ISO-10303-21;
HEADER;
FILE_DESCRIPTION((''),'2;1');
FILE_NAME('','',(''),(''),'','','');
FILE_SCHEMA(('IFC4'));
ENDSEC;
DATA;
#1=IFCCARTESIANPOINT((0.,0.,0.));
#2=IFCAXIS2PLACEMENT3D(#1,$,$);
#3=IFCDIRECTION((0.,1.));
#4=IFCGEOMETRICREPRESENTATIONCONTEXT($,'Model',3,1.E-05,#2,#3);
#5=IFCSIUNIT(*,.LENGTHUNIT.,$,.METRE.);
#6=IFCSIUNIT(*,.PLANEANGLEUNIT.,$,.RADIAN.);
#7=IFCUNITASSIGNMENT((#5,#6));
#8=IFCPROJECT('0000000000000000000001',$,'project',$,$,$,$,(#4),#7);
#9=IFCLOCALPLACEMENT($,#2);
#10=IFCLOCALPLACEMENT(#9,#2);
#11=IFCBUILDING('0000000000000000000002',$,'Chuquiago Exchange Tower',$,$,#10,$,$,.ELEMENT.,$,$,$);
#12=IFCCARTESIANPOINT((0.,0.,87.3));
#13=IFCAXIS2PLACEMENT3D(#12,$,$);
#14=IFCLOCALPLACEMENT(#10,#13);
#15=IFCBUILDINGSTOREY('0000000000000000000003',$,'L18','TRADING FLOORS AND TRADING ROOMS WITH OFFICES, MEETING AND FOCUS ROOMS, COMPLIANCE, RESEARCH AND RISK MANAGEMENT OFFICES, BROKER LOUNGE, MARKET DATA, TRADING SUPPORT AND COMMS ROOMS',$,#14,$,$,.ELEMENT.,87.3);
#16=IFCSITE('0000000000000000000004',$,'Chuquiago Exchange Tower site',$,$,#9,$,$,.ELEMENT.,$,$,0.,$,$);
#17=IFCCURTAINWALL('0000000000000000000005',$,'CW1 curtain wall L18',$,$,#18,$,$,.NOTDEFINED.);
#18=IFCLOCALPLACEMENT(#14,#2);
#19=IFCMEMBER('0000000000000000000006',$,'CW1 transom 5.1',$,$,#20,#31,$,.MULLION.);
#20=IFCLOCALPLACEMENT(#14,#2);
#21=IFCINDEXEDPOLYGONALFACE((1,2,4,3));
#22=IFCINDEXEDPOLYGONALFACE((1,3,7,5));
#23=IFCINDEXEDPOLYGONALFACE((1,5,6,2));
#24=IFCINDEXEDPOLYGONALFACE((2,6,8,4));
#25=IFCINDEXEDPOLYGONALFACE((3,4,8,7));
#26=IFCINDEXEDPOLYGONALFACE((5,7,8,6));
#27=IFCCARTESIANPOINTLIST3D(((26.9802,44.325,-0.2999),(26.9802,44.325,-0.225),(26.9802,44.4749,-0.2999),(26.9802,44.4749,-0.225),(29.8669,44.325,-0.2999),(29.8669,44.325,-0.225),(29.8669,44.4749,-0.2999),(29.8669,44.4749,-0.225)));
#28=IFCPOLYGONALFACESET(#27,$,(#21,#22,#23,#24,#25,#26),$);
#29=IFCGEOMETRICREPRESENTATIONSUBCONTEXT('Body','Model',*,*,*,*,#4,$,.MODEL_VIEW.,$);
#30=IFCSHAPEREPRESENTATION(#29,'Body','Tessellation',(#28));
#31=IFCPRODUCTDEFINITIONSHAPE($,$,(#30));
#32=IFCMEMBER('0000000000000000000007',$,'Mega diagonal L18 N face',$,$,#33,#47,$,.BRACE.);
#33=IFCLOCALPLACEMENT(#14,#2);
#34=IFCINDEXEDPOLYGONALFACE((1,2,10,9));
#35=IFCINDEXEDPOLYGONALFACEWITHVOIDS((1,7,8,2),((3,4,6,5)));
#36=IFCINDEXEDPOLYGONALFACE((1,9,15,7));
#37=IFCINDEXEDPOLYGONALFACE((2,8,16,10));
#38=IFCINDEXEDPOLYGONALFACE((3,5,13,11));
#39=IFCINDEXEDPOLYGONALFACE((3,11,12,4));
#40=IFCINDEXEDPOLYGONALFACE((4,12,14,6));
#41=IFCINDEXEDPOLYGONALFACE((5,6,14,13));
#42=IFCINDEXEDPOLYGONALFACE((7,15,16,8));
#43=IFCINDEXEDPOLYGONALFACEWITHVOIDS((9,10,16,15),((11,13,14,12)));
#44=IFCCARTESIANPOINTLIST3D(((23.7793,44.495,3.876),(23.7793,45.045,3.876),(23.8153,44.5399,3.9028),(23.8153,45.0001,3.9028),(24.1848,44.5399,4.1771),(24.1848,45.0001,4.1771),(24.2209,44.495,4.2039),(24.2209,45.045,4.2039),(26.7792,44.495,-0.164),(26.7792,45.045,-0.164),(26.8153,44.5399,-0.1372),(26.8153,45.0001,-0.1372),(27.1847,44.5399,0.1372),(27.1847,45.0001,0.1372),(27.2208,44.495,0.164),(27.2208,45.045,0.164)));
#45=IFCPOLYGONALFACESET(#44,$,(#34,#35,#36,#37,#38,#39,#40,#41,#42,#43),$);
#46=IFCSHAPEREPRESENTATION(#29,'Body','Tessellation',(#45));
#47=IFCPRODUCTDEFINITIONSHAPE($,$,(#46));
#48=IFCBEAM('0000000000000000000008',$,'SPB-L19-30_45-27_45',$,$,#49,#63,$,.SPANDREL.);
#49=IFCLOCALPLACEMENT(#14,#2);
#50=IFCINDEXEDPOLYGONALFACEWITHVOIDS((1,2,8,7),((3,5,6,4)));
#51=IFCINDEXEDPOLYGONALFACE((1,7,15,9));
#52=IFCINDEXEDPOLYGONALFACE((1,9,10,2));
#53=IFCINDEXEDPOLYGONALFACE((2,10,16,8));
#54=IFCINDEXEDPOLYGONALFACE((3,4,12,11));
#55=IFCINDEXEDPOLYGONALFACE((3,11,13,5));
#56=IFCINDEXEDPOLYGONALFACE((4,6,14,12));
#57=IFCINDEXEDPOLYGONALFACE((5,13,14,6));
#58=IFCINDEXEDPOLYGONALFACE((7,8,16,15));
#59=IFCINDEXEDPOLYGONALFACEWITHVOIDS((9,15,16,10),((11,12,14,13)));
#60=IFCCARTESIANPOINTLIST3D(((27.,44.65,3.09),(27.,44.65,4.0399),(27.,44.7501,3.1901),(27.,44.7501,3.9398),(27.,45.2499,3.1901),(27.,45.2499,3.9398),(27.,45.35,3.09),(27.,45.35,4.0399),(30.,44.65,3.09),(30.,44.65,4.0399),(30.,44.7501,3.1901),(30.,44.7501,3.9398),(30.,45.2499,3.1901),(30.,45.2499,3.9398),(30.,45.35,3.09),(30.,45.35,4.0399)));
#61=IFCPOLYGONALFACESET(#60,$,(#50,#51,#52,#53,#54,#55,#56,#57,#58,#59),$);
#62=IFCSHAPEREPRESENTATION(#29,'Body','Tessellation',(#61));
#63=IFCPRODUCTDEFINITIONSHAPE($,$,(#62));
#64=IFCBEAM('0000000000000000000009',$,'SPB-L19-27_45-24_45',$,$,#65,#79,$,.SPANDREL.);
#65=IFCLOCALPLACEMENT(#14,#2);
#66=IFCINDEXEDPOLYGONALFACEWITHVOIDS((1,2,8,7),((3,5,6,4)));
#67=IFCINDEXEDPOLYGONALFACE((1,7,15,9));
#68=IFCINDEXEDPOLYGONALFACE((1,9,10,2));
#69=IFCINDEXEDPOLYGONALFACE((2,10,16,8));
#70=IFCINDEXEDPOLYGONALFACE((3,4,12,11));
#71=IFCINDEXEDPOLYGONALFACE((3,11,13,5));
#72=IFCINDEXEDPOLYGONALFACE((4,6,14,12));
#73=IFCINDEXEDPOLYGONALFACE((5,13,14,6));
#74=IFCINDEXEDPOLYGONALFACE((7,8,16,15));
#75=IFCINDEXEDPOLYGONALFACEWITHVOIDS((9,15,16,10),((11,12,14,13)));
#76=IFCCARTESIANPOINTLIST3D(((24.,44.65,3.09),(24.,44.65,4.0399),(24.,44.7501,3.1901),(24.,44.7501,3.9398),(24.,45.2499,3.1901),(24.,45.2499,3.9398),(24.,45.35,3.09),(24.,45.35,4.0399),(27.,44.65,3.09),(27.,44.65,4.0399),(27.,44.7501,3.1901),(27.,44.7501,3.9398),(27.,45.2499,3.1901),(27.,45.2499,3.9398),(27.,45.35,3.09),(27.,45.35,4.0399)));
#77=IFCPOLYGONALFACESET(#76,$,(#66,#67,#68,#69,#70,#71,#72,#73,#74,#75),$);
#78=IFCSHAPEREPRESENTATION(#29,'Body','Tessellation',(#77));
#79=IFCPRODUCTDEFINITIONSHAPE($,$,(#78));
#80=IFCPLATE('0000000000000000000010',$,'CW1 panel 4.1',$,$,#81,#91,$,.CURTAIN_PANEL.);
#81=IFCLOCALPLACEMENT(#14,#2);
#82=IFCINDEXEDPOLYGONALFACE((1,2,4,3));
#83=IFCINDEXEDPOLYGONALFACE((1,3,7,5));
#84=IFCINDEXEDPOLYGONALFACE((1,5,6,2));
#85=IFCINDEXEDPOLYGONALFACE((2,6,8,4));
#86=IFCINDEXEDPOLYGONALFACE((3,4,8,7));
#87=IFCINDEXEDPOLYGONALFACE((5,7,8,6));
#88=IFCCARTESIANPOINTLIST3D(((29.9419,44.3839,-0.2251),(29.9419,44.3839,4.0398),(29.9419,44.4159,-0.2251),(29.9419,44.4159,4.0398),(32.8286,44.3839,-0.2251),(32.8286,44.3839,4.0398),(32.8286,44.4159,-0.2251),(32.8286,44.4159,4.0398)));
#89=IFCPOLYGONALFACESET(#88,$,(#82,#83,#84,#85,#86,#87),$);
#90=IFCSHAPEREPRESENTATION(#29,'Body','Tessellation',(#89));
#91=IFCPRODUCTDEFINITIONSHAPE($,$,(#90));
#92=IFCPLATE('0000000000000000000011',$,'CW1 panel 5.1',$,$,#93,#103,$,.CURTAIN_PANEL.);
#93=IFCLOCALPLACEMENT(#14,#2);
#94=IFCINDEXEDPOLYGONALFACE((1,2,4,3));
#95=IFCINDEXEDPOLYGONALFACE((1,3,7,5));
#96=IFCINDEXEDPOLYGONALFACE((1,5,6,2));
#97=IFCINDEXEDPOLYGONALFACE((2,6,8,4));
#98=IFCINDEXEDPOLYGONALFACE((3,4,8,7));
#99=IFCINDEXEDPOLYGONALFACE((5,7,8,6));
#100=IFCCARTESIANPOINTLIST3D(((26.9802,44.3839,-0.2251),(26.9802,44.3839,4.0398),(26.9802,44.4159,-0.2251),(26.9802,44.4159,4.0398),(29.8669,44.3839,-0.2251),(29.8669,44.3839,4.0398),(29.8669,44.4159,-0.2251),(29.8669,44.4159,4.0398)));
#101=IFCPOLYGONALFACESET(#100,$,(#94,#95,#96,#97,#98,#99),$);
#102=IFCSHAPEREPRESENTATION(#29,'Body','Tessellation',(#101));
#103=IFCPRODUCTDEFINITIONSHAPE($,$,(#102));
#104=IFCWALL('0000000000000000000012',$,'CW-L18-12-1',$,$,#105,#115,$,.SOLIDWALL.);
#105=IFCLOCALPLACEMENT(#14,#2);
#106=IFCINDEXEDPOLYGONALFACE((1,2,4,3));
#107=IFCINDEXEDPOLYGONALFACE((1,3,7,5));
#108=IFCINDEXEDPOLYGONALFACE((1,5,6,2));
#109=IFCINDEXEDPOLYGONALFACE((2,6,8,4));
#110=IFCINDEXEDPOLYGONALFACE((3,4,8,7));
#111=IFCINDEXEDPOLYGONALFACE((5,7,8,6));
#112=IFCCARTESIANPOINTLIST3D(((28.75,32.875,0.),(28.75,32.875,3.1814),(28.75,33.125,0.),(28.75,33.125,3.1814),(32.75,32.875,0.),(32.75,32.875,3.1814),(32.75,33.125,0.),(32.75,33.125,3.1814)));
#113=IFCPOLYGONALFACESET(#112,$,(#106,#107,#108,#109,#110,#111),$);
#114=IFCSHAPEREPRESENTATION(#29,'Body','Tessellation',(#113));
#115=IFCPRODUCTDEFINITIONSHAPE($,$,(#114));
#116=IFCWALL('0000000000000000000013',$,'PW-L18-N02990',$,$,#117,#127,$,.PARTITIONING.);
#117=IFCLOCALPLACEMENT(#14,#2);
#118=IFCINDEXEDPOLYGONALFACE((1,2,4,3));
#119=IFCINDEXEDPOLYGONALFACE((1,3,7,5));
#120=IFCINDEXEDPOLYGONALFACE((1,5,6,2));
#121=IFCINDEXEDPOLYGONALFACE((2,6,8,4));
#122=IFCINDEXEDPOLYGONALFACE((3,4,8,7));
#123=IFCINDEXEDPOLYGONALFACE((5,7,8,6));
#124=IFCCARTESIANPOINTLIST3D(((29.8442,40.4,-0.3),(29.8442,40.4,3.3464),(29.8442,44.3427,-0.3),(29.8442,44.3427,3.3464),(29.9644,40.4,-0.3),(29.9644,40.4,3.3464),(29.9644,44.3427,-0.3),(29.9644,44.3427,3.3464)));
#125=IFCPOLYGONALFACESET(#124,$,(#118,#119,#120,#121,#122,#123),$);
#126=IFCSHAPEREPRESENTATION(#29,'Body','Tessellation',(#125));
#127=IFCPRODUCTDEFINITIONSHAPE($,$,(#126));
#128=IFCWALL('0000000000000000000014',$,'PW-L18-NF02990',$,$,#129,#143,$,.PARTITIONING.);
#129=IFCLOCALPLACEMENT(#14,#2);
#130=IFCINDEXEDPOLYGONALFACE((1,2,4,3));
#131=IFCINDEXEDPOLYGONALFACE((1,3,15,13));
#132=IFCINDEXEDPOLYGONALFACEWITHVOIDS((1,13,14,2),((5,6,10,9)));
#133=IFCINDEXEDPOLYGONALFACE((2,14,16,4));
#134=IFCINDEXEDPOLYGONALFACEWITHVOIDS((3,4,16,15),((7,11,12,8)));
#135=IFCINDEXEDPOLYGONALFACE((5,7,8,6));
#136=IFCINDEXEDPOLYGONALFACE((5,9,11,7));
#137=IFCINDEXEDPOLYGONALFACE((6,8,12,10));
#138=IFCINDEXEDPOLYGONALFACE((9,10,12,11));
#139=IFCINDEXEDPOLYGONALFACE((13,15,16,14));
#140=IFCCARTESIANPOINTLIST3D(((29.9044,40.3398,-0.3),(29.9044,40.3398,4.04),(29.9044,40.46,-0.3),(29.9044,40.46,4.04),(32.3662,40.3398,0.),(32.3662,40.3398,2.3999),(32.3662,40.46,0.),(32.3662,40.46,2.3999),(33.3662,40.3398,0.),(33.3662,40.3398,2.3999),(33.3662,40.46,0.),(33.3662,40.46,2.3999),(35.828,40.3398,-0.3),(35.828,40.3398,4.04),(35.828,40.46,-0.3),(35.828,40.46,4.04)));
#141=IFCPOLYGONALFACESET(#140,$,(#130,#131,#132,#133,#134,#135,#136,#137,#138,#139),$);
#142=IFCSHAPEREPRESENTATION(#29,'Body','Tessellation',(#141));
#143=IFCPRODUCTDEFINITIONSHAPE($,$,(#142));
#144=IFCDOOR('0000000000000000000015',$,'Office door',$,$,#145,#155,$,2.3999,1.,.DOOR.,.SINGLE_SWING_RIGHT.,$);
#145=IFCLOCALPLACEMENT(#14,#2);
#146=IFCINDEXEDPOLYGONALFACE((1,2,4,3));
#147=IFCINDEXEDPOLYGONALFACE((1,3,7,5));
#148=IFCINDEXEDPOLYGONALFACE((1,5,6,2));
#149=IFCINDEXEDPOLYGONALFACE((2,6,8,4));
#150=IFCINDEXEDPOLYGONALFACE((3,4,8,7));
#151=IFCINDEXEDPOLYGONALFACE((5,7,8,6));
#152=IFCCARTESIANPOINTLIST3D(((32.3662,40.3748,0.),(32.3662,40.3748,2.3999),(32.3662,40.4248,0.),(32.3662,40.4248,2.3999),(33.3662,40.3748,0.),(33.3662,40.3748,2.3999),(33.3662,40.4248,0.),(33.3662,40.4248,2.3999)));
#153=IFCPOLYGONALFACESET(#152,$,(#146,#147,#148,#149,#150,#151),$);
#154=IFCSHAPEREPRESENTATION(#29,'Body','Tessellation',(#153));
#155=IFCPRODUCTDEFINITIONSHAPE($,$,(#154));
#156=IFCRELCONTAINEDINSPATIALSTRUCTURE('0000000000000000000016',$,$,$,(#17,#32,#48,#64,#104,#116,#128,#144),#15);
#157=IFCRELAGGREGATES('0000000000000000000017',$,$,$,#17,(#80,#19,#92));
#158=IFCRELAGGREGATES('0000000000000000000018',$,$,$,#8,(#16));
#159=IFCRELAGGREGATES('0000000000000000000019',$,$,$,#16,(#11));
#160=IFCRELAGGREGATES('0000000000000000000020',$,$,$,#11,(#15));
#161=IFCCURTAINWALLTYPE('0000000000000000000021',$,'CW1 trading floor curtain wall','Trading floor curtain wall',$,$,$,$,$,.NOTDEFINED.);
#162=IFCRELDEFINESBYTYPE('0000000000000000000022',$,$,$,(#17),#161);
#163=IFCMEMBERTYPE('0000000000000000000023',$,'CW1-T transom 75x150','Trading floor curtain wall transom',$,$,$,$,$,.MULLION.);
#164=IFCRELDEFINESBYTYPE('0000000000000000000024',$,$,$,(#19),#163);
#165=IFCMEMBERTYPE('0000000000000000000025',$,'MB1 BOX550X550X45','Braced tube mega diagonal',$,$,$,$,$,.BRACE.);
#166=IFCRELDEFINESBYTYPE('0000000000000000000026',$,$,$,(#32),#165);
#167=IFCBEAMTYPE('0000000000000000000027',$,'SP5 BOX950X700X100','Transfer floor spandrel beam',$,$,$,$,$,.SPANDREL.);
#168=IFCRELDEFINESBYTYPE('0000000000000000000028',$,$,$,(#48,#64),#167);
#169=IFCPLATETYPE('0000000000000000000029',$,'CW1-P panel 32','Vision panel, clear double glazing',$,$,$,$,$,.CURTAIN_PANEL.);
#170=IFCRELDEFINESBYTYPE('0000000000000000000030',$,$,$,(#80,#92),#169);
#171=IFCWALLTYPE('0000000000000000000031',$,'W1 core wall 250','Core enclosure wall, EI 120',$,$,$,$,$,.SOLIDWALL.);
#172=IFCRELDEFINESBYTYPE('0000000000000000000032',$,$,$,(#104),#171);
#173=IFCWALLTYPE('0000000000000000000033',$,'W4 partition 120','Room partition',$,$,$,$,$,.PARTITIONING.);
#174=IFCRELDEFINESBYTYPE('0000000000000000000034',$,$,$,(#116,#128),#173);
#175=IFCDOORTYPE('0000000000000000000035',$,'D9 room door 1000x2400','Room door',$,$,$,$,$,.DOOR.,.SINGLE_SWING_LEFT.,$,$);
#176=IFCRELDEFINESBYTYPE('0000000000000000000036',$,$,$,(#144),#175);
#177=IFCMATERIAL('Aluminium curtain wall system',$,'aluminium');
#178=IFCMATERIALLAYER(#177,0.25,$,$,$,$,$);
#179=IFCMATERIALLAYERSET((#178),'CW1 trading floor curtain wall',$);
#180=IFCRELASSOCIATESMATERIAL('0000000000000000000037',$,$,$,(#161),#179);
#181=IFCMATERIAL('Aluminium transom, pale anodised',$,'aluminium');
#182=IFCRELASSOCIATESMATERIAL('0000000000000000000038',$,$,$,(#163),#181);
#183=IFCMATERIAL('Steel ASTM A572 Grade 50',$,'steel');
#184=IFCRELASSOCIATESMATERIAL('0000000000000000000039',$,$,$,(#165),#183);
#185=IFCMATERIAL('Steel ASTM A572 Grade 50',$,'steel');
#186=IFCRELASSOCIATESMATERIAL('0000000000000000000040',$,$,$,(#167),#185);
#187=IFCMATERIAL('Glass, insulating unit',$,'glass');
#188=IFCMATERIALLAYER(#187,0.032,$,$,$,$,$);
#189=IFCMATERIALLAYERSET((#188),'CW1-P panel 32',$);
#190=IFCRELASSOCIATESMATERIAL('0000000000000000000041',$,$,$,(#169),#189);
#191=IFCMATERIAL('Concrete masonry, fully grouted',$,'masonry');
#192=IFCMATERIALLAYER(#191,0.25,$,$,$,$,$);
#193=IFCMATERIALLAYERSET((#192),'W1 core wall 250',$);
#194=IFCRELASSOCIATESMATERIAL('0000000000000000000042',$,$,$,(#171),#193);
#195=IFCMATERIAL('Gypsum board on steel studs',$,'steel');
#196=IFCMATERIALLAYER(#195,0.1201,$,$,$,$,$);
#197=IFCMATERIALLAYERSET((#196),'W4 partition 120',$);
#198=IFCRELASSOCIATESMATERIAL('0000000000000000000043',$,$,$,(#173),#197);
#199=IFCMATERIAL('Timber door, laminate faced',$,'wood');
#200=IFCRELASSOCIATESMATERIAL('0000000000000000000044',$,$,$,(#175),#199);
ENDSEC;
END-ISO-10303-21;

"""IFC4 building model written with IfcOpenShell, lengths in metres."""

from ifc_helpers import new_model, si_unit, direction, frame, frame_2d, origin, origin_2d, place, context, subcontext, project, spatial, rectangle, hollow_rectangle, extrude, material, layer, layer_set, material_profile, profile_set, type_object, element, fill, aggregate, save


model = new_model("IFC4")

# Units and contexts
model_context = context("Model", 3, precision=1e-05, world=origin(), true_north=direction((0.0, 1.0)))
body_context = subcontext(model_context, "Body", "Model", "MODEL_VIEW")
ifc_project = project(units=[si_unit("LENGTHUNIT", "METRE"), si_unit("PLANEANGLEUNIT", "RADIAN")], contexts=[model_context])

# Site, building, storey
site_placement = place(None, origin())
site = spatial("IfcSite", under=ifc_project, at=site_placement, Name="Chuquiago Exchange Tower site", CompositionType="ELEMENT", RefElevation=0.0)
building_placement = place(site_placement, origin())
building = spatial("IfcBuilding", under=site, at=building_placement, Name="Chuquiago Exchange Tower", CompositionType="ELEMENT")
storey_placement = place(building_placement, frame((0.0, 0.0, 87.3)))
storey = spatial("IfcBuildingStorey", under=building, at=storey_placement, Name="L18", Description="TRADING FLOORS AND TRADING ROOMS WITH OFFICES, MEETING AND FOCUS ROOMS, COMPLIANCE, RESEARCH AND RISK MANAGEMENT OFFICES, BROKER LOUNGE, MARKET DATA, TRADING SUPPORT AND COMMS ROOMS", CompositionType="ELEMENT", Elevation=87.3)

# Curtain wall, member
ifc_material_1 = material(Name="Aluminium curtain wall system", Category="aluminium")
ifc_layer_1 = layer(ifc_material_1, 0.25)
ifc_layer_set_1 = layer_set([ifc_layer_1], Name="CW1 trading floor curtain wall")
curtain_wall_type = type_object("IfcCurtainWallType", Name="CW1 trading floor curtain wall", Description="Trading floor curtain wall", PredefinedType="NOTDEFINED", material=ifc_layer_set_1)
curtain_wall_placement = place(storey_placement, origin())
curtain_wall = element("IfcCurtainWall", 1, at=curtain_wall_placement, inside=storey, type_object=curtain_wall_type, Name="CW1 curtain wall L18", PredefinedType="NOTDEFINED")
ifc_material_2 = material(Name="Aluminium transom, pale anodised", Category="aluminium")
ifc_material_profile_1 = material_profile(ifc_material_2, rectangle(XDim=0.1499, YDim=0.075, at=origin_2d()), Name="AL 150x75")
ifc_profile_set_1 = profile_set([ifc_material_profile_1], Name="Aluminium transom, pale anodised")
member_type_1 = type_object("IfcMemberType", Name="CW1-T transom 75x150", Description="Trading floor curtain wall transom", PredefinedType="MULLION", material=ifc_profile_set_1)
member_1_placement = place(storey_placement, frame((29.8669, 44.3999, -0.2625), z_axis=(-1.0, 0.0, 0.0), x_axis=(0.0, -1.0, 0.0)))
member_1 = element("IfcMember", 2, at=member_1_placement, type_object=member_type_1, Name="CW1 transom 5.1", PredefinedType="MULLION", context=body_context, shape_type="SweptSolid", body=[
    extrude(rectangle(XDim=0.1499, YDim=0.075, at=origin_2d()), origin(), (0.0, 0.0, 1.0), 2.8867),
])

# Member
ifc_material_3 = material(Name="Steel ASTM A572 Grade 50", Category="steel")
ifc_material_profile_2 = material_profile(ifc_material_3, hollow_rectangle(XDim=0.55, YDim=0.55, WallThickness=0.0449, at=origin_2d()), Name="BOX550X550X45")
ifc_profile_set_2 = profile_set([ifc_material_profile_2], Name="Steel ASTM A572 Grade 50")
member_type_2 = type_object("IfcMemberType", Name="MB1 BOX550X550X45", Description="Braced tube mega diagonal", PredefinedType="BRACE", material=ifc_profile_set_2)
member_2_placement = place(storey_placement, frame((27.0, 44.77, 0.0), z_axis=(-0.596174, 0.0, 0.802855), x_axis=(0.0, -1.0, 0.0)))
element("IfcMember", 3, at=member_2_placement, inside=storey, type_object=member_type_2, Name="Mega diagonal L18 N face", PredefinedType="BRACE", context=body_context, shape_type="SweptSolid", body=[
    extrude(hollow_rectangle(XDim=0.55, YDim=0.55, WallThickness=0.0449, at=origin_2d()), origin(), (0.0, 0.0, 1.0), 5.032),
])

# Beams
ifc_material_4 = material(Name="Steel ASTM A572 Grade 50", Category="steel")
ifc_material_profile_3 = material_profile(ifc_material_4, hollow_rectangle(XDim=0.7, YDim=0.95, WallThickness=0.1001, at=origin_2d()), Name="BOX950X700X100")
ifc_profile_set_3 = profile_set([ifc_material_profile_3], Name="Steel ASTM A572 Grade 50")
beam_type_1 = type_object("IfcBeamType", Name="SP5 BOX950X700X100", Description="Transfer floor spandrel beam", PredefinedType="SPANDREL", material=ifc_profile_set_3)
for number, where, z_axis, x_axis, name in (
    (4, (30.0, 45.0, 3.5649), (-1.0, 0.0, 0.0), (0.0, -1.0, 0.0), "SPB-L19-30_45-27_45"),
    (5, (27.0, 45.0, 3.5649), (-1.0, 0.0, 0.0), (0.0, -1.0, 0.0), "SPB-L19-27_45-24_45"),
):
    element("IfcBeam", number, at=place(storey_placement, frame(where, z_axis=z_axis, x_axis=x_axis)), inside=storey, type_object=beam_type_1, Name=name, PredefinedType="SPANDREL", context=body_context, shape_type="SweptSolid", body=[
        extrude(hollow_rectangle(XDim=0.7, YDim=0.95, WallThickness=0.1001, at=origin_2d()), origin(), (0.0, 0.0, 1.0), 3.0),
    ])

# Plates
ifc_material_5 = material(Name="Glass, insulating unit", Category="glass")
ifc_layer_2 = layer(ifc_material_5, 0.032)
ifc_layer_set_2 = layer_set([ifc_layer_2], Name="CW1-P panel 32")
plate_type = type_object("IfcPlateType", Name="CW1-P panel 32", Description="Vision panel, clear double glazing", PredefinedType="CURTAIN_PANEL", material=ifc_layer_set_2)
plate_1_placement = place(storey_placement, frame((31.3853, 44.3999, -0.2251), z_axis=(0.0, 0.0, 1.0), x_axis=(-1.0, 0.0, 0.0)))
plate_1 = element("IfcPlate", 6, at=plate_1_placement, type_object=plate_type, Name="CW1 panel 4.1", PredefinedType="CURTAIN_PANEL", context=body_context, shape_type="SweptSolid", body=[
    extrude(rectangle(XDim=2.8867, YDim=0.032, at=origin_2d()), origin(), (0.0, 0.0, 1.0), 4.2649),
])
plate_2_placement = place(storey_placement, frame((28.4236, 44.3999, -0.2251), z_axis=(0.0, 0.0, 1.0), x_axis=(-1.0, 0.0, 0.0)))
plate_2 = element("IfcPlate", 7, at=plate_2_placement, type_object=plate_type, Name="CW1 panel 5.1", PredefinedType="CURTAIN_PANEL", context=body_context, shape_type="SweptSolid", body=[
    extrude(rectangle(XDim=2.8867, YDim=0.032, at=origin_2d()), origin(), (0.0, 0.0, 1.0), 4.2649),
])
aggregate(curtain_wall, [plate_1, member_1, plate_2])

# Walls
ifc_material_6 = material(Name="Concrete masonry, fully grouted", Category="masonry")
ifc_layer_3 = layer(ifc_material_6, 0.25)
ifc_layer_set_3 = layer_set([ifc_layer_3], Name="W1 core wall 250")
wall_type_1 = type_object("IfcWallType", Name="W1 core wall 250", Description="Core enclosure wall, EI 120", PredefinedType="SOLIDWALL", material=ifc_layer_set_3)
wall_1_placement = place(storey_placement, frame((28.75, 33.0, 0.0), z_axis=(0.0, 0.0, 1.0), x_axis=(1.0, 0.0, 0.0)))
element("IfcWall", 8, at=wall_1_placement, inside=storey, type_object=wall_type_1, Name="CW-L18-12-1", PredefinedType="SOLIDWALL", context=body_context, shape_type="SweptSolid", body=[
    extrude(rectangle(XDim=4.0, YDim=0.25, at=frame_2d((2.0, 0.0))), origin(), (0.0, 0.0, 1.0), 3.1814),
])
ifc_material_7 = material(Name="Gypsum board on steel studs", Category="steel")
ifc_layer_4 = layer(ifc_material_7, 0.1201)
ifc_layer_set_4 = layer_set([ifc_layer_4], Name="W4 partition 120")
wall_type_2 = type_object("IfcWallType", Name="W4 partition 120", Description="Room partition", PredefinedType="PARTITIONING", material=ifc_layer_set_4)
wall_2_placement = place(storey_placement, frame((29.9043, 44.3425, -0.3), z_axis=(0.0, 0.0, 1.0), x_axis=(0.0, -1.0, 0.0)))
element("IfcWall", 9, at=wall_2_placement, inside=storey, type_object=wall_type_2, Name="PW-L18-N02990", PredefinedType="PARTITIONING", context=body_context, shape_type="SweptSolid", body=[
    extrude(rectangle(XDim=3.9426, YDim=0.1201, at=frame_2d((1.9712, 0.0))), origin(), (0.0, 0.0, 1.0), 3.6465),
])

# Wall, opening, door
wall_3_placement = place(storey_placement, frame((29.9043, 40.3999, -0.3), z_axis=(0.0, 0.0, 1.0), x_axis=(1.0, 0.0, 0.0)))
wall_3 = element("IfcWall", 10, at=wall_3_placement, inside=storey, type_object=wall_type_2, Name="PW-L18-NF02990", PredefinedType="PARTITIONING", context=body_context, shape_type="SweptSolid", body=[
    extrude(rectangle(XDim=5.9236, YDim=0.1201, at=frame_2d((2.9619, 0.0))), origin(), (0.0, 0.0, 1.0), 4.3401),
])
opening_placement = place(wall_3_placement, frame((2.4619, 0.0, 0.3)))
opening = element("IfcOpeningElement", 11, at=opening_placement, cuts=wall_3, PredefinedType="OPENING", context=body_context, shape_type="SweptSolid", body=[
    extrude(rectangle(XDim=1.0, YDim=2.3999, at=frame_2d((0.5, 1.2))), frame((0.0, 0.0701, 0.0), z_axis=(0.0, -1.0, 0.0), x_axis=(1.0, 0.0, 0.0)), (0.0, 0.0, 1.0), 0.1401),
])
ifc_material_8 = material(Name="Timber door, laminate faced", Category="wood")
door_type = type_object("IfcDoorType", Name="D9 room door 1000x2400", Description="Room door", OperationType="SINGLE_SWING_LEFT", PredefinedType="DOOR", material=ifc_material_8)
door_placement = place(opening_placement, origin())
door = element("IfcDoor", 12, at=door_placement, inside=storey, type_object=door_type, Name="Office door", OperationType="SINGLE_SWING_RIGHT", OverallHeight=2.3999, OverallWidth=1.0, PredefinedType="DOOR", context=body_context, shape_type="SweptSolid", body=[
    extrude(rectangle(XDim=1.0, YDim=2.3999, at=frame_2d((0.5, 1.2))), frame((0.0, 0.0249, 0.0), z_axis=(0.0, -1.0, 0.0), x_axis=(1.0, 0.0, 0.0)), (0.0, 0.0, 1.0), 0.05),
])
fill(opening, door)

save(model, "model.ifc")
